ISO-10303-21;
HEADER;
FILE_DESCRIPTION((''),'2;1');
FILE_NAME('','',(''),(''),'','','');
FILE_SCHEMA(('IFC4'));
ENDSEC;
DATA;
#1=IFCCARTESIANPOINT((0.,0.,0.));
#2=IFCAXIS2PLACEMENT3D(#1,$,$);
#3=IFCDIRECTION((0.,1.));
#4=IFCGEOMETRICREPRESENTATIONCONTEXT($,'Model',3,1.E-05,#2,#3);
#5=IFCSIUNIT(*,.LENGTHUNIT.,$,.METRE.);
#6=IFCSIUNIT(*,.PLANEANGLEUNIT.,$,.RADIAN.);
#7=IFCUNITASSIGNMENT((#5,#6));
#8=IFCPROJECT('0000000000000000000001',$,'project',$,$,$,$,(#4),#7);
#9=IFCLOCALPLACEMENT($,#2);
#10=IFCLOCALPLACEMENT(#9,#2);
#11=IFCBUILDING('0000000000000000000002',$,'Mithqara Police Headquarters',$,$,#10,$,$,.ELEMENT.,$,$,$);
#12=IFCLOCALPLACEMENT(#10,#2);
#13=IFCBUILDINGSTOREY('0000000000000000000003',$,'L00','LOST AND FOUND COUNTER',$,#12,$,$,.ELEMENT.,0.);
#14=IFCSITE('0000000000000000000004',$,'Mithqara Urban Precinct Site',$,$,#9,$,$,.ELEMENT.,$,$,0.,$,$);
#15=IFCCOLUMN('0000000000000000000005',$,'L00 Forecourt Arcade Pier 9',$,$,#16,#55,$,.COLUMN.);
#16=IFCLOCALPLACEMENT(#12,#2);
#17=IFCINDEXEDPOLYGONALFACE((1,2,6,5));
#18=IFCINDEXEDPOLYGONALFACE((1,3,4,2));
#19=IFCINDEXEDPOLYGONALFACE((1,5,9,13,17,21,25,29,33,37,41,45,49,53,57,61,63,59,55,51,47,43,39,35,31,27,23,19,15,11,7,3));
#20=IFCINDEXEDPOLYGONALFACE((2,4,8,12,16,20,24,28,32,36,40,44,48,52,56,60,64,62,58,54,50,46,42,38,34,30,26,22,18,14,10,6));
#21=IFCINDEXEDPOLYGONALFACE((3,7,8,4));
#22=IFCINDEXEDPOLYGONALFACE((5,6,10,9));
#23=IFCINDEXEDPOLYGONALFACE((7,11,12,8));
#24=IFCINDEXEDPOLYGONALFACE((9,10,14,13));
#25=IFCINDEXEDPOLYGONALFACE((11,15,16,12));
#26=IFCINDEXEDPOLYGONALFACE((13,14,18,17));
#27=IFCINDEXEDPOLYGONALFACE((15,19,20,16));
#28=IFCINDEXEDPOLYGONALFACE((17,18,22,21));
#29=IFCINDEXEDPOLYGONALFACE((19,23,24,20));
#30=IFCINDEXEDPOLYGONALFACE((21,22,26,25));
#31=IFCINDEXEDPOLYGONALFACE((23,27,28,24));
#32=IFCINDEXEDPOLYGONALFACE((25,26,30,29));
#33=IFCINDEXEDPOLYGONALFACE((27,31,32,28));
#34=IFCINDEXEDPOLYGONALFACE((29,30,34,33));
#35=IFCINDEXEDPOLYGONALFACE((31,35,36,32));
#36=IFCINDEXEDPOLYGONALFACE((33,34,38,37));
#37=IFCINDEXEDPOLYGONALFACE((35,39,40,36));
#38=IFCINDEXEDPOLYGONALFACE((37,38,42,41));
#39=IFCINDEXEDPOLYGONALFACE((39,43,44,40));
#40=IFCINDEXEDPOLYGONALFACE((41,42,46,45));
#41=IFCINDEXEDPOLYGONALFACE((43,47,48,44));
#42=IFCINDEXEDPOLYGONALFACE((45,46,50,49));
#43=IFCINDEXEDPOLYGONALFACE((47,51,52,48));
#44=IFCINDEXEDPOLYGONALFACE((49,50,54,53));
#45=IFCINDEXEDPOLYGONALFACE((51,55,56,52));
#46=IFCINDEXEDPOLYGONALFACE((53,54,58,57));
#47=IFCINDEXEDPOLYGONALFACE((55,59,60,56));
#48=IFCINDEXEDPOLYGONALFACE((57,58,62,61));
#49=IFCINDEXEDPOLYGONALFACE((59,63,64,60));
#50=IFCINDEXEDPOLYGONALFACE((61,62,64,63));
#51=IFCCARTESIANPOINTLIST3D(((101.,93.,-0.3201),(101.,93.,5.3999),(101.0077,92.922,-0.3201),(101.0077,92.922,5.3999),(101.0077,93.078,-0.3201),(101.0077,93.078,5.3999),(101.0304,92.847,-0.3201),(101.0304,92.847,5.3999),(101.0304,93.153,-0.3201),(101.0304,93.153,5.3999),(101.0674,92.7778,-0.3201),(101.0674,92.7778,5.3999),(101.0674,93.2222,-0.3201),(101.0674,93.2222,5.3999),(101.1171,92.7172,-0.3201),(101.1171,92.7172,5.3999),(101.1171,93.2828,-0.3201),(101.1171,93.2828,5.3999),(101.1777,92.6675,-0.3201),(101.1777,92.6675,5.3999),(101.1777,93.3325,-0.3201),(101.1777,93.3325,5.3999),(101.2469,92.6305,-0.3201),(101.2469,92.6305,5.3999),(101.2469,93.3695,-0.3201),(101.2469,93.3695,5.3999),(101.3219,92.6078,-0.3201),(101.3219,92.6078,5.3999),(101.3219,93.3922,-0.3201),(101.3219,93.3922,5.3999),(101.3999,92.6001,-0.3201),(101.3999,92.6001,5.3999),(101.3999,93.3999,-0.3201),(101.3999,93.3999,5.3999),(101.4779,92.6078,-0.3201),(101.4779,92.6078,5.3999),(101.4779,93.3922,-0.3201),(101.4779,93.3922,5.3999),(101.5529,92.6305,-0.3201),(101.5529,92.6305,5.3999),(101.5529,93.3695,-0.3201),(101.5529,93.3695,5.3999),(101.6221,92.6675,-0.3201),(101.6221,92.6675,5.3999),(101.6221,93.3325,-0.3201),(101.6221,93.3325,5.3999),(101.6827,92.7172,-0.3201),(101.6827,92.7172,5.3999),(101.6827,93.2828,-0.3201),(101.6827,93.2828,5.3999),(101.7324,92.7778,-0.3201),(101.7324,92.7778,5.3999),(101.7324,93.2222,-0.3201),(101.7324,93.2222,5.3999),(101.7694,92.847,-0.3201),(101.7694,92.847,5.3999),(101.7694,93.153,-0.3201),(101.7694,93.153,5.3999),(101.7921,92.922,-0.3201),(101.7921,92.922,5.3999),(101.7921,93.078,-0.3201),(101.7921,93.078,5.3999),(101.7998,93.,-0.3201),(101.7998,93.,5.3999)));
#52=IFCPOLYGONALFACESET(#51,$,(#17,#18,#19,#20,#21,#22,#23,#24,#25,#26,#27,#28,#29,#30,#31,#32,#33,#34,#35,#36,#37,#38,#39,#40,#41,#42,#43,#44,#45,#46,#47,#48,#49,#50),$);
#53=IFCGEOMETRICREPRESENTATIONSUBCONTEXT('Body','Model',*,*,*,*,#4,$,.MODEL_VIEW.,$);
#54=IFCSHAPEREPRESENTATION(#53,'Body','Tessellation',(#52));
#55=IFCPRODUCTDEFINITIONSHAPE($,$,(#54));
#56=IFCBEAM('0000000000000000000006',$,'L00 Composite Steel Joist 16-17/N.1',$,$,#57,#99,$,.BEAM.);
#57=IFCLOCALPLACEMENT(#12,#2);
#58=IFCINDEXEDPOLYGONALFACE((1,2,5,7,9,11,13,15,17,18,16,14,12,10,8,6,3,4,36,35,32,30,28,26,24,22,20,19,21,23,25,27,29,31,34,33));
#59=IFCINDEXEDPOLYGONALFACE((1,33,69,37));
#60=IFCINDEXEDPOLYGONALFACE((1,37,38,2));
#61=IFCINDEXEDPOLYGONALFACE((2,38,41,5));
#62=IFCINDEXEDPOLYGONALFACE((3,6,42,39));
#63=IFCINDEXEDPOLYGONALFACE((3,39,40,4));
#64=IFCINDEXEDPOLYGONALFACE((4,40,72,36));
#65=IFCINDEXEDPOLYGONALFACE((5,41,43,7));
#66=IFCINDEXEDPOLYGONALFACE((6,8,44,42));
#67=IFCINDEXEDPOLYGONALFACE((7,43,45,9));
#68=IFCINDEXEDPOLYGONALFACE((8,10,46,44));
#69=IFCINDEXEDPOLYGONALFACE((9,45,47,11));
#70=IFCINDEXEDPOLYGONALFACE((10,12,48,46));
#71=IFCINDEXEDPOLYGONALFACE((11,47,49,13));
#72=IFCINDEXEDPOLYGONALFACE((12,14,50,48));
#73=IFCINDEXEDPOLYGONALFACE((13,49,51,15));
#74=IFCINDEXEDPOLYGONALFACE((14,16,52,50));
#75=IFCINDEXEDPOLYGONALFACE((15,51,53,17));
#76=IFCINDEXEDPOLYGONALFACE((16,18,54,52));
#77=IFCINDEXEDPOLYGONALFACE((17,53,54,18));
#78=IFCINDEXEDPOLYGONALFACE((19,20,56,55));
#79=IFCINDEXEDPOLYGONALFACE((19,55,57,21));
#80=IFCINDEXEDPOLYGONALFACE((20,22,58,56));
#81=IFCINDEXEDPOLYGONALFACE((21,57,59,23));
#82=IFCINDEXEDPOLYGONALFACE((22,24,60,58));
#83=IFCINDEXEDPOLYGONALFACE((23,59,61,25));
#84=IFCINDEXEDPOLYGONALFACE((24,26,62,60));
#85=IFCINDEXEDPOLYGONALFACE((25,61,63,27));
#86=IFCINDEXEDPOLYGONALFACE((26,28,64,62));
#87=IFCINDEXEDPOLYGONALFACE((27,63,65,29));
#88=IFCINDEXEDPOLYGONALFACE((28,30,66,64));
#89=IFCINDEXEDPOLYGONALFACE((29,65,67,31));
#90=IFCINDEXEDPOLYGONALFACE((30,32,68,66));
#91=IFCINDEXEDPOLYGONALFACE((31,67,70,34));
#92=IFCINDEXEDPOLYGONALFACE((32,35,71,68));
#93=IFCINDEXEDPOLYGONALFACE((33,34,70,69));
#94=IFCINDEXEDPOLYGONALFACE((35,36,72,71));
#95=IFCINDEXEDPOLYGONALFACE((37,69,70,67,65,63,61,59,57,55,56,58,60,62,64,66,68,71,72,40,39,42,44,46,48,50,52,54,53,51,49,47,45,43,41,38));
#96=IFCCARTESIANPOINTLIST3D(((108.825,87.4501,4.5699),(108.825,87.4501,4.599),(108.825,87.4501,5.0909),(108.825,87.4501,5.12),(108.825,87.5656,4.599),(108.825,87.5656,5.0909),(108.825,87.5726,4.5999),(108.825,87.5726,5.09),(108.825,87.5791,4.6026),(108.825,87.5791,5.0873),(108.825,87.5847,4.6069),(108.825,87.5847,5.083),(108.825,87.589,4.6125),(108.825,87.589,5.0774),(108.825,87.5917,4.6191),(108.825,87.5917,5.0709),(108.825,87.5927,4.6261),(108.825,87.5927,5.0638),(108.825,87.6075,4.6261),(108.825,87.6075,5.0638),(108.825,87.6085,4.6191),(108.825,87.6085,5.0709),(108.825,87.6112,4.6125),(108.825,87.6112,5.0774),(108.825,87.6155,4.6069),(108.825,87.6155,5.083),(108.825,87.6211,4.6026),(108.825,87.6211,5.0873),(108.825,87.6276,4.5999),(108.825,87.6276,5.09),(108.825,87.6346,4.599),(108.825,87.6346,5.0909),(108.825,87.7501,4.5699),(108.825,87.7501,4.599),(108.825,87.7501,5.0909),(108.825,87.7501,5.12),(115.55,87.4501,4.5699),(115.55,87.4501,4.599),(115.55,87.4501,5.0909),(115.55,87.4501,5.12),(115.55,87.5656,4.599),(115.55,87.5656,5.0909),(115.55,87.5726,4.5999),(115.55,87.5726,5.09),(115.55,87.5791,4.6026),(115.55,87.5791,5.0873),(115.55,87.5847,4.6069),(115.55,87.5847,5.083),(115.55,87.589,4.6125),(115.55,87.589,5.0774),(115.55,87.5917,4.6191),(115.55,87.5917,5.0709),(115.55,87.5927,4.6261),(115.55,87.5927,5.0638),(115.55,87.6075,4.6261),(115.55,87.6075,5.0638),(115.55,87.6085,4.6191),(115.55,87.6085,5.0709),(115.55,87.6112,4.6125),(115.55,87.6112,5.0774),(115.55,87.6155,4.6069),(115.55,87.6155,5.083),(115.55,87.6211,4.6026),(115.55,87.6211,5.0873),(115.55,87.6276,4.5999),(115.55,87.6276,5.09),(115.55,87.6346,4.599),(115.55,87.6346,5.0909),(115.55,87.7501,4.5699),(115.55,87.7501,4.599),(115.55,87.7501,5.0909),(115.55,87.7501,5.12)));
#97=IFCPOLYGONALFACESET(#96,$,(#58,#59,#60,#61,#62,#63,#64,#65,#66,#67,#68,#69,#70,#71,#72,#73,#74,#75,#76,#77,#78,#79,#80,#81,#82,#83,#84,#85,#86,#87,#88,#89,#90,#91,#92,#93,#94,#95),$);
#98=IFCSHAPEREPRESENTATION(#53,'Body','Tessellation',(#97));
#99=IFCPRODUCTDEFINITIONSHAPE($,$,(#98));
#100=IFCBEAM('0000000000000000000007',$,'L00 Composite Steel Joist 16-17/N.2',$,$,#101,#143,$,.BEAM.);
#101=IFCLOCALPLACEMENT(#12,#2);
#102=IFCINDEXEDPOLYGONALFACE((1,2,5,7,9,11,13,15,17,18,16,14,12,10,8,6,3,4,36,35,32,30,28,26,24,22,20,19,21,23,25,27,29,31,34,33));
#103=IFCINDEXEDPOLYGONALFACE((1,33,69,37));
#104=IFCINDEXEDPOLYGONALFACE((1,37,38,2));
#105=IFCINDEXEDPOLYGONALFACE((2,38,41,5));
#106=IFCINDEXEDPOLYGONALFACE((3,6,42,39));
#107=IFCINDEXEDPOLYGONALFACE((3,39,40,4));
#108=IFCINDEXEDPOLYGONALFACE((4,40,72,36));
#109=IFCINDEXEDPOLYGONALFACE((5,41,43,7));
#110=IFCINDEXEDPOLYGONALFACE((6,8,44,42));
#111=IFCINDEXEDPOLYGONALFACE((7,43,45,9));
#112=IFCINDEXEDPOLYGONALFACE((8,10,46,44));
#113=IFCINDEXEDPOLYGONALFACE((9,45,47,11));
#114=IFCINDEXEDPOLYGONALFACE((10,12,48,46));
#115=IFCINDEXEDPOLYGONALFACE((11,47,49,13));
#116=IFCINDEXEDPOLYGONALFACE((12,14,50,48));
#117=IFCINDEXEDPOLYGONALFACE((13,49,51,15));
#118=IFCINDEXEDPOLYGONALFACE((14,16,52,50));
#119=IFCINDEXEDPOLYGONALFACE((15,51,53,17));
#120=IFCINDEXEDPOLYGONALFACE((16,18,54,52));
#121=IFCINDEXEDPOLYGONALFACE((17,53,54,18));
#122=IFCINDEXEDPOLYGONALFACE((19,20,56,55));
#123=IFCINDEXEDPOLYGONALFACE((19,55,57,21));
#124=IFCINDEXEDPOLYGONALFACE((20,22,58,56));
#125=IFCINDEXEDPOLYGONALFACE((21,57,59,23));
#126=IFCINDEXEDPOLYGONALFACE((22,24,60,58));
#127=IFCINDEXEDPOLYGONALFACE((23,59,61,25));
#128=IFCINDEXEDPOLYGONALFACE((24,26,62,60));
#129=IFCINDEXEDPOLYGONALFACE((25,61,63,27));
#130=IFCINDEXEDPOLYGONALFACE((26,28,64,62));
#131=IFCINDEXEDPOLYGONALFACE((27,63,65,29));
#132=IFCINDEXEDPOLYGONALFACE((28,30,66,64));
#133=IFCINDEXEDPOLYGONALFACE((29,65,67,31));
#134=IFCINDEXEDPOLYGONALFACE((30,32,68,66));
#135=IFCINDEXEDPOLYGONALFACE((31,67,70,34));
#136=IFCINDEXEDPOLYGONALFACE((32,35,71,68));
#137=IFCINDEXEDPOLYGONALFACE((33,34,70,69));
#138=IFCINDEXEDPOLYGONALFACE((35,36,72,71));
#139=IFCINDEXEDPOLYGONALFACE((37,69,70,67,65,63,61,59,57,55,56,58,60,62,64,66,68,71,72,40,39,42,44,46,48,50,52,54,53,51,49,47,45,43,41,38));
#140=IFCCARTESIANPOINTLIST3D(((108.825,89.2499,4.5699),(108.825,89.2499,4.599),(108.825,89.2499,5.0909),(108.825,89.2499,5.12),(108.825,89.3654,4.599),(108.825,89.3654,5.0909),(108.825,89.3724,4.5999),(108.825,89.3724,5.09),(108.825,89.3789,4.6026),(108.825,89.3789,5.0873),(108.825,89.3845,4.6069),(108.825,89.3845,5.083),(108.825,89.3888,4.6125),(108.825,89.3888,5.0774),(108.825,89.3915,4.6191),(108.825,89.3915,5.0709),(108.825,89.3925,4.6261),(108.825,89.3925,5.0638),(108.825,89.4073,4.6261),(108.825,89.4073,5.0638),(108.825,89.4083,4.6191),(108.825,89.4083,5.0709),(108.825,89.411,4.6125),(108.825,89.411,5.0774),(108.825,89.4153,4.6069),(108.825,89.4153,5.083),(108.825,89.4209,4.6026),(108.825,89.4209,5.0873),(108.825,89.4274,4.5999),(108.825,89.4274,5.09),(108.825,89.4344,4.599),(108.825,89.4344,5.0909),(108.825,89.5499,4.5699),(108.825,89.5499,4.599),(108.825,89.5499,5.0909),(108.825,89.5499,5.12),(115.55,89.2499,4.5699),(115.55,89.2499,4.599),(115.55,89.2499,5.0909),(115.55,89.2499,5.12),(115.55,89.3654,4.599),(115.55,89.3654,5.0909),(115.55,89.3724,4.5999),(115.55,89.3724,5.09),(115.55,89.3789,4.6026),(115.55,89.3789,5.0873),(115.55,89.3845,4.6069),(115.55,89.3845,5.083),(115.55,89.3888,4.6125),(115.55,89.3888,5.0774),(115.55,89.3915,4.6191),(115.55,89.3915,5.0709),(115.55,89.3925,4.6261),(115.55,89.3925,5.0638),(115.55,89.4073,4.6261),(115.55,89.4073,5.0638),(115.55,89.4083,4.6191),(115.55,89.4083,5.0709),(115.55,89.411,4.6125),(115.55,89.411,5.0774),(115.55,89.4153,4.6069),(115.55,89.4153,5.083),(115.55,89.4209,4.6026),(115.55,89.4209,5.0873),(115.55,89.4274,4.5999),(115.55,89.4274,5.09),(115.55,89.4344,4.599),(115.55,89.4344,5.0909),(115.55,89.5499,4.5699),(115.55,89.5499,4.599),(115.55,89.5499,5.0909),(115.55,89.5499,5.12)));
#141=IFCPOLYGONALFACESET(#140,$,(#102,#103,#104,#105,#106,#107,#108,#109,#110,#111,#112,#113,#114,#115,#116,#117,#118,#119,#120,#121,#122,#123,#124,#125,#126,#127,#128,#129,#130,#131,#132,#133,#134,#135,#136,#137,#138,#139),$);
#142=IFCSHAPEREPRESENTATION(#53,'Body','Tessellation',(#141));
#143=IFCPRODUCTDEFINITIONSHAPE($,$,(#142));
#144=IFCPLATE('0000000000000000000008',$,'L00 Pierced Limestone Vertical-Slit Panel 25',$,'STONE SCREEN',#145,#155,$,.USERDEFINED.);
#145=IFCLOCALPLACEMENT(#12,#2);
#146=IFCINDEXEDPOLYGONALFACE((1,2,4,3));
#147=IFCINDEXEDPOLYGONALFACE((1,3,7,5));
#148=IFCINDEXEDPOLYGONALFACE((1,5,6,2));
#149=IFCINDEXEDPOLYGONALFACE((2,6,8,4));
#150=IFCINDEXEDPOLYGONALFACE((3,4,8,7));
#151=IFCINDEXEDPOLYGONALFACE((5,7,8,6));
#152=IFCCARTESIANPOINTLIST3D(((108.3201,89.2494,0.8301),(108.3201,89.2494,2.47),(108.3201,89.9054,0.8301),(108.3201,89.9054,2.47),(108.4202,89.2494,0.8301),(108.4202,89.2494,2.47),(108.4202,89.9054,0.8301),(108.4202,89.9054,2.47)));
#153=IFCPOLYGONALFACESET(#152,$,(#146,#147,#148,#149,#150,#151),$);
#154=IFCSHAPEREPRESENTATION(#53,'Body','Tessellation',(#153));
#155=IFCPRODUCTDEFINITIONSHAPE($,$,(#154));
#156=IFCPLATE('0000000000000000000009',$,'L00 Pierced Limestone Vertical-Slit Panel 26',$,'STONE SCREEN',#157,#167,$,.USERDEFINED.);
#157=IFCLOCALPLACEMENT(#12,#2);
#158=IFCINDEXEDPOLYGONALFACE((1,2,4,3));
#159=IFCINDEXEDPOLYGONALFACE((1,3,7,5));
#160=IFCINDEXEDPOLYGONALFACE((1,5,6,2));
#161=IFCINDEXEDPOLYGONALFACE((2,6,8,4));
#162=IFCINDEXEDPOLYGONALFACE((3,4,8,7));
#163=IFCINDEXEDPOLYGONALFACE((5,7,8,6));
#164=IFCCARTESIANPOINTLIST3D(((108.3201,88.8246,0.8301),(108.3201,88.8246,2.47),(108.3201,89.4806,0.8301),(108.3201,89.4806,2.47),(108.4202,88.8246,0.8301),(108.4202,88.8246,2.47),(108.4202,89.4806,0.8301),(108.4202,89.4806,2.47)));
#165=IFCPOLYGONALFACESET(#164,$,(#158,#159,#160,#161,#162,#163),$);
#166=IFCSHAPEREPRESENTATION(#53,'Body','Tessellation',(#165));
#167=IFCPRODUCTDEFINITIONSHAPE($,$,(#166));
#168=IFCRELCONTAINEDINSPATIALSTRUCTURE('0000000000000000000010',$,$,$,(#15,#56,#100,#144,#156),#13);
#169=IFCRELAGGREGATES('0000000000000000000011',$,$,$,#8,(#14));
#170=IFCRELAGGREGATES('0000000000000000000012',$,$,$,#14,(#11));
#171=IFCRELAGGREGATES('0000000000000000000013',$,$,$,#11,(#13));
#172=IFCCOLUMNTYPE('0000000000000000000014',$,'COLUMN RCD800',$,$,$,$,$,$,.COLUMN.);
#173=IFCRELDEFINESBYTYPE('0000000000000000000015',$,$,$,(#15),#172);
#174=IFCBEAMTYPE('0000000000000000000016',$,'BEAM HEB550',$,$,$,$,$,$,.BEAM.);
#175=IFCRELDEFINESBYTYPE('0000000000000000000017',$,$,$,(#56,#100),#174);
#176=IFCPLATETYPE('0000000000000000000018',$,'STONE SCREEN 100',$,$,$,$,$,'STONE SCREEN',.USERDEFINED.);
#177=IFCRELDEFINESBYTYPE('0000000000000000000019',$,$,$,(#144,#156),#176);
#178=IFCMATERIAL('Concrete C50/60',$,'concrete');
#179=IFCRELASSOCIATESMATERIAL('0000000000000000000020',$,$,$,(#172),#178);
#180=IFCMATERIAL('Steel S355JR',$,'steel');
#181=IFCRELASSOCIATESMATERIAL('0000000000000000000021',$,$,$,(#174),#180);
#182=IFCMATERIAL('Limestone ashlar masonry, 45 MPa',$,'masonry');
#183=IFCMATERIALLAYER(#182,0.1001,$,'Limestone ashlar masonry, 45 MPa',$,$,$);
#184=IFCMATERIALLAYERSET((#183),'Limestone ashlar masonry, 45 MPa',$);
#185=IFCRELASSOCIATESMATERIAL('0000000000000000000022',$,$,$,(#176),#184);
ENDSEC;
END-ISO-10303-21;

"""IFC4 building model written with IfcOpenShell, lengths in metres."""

from ifc_helpers import new_model, si_unit, direction, frame, origin, origin_2d, place, context, subcontext, project, spatial, rectangle, circle, i_section, extrude, material, layer, layer_set, material_profile, profile_set, type_object, element, save


model = new_model("IFC4")

# Units and contexts
model_context = context("Model", 3, precision=1e-05, world=origin(), true_north=direction((0.0, 1.0)))
body_context = subcontext(model_context, "Body", "Model", "MODEL_VIEW")
ifc_project = project(units=[si_unit("LENGTHUNIT", "METRE"), si_unit("PLANEANGLEUNIT", "RADIAN")], contexts=[model_context])

# Site, building, storey
site_placement = place(None, origin())
site = spatial("IfcSite", under=ifc_project, at=site_placement, Name="Mithqara Urban Precinct Site", CompositionType="ELEMENT", RefElevation=0.0)
building_placement = place(site_placement, origin())
building = spatial("IfcBuilding", under=site, at=building_placement, Name="Mithqara Police Headquarters", CompositionType="ELEMENT")
storey_placement = place(building_placement, origin())
storey = spatial("IfcBuildingStorey", under=building, at=storey_placement, Name="L00", Description="LOST AND FOUND COUNTER", CompositionType="ELEMENT", Elevation=0.0)

# Column
ifc_material_1 = material(Name="Concrete C50/60", Category="concrete")
ifc_material_profile_1 = material_profile(ifc_material_1, circle(Radius=0.3999, at=origin_2d()), Name="RCD 800")
ifc_profile_set_1 = profile_set([ifc_material_profile_1], Name="Concrete C50/60")
column_type = type_object("IfcColumnType", Name="COLUMN RCD800", PredefinedType="COLUMN", material=ifc_profile_set_1)
column_placement = place(storey_placement, frame((101.3999, 93.0, -0.3201), z_axis=(0.0, 0.0, 1.0), x_axis=(1.0, 0.0, 0.0)))
element("IfcColumn", 1, at=column_placement, inside=storey, type_object=column_type, Name="L00 Forecourt Arcade Pier 9", PredefinedType="COLUMN", context=body_context, shape_type="SweptSolid", body=[
    extrude(circle(Radius=0.3999, at=origin_2d()), origin(), (0.0, 0.0, 1.0), 5.72),
])

# Beams
ifc_material_2 = material(Name="Steel S355JR", Category="steel")
ifc_material_profile_2 = material_profile(ifc_material_2, i_section(OverallWidth=0.3, OverallDepth=0.55, WebThickness=0.0149, FlangeThickness=0.0291, FilletRadius=0.0271, at=origin_2d()), Name="HEB 550")
ifc_profile_set_2 = profile_set([ifc_material_profile_2], Name="Steel S355JR")
beam_type = type_object("IfcBeamType", Name="BEAM HEB550", PredefinedType="BEAM", material=ifc_profile_set_2)
for number, where, z_axis, x_axis, name in (
    (2, (108.825, 87.6001, 4.845), (1.0, 0.0, 0.0), (0.0, 1.0, 0.0), "L00 Composite Steel Joist 16-17/N.1"),
    (3, (108.825, 89.3999, 4.845), (1.0, 0.0, 0.0), (0.0, 1.0, 0.0), "L00 Composite Steel Joist 16-17/N.2"),
):
    element("IfcBeam", number, at=place(storey_placement, frame(where, z_axis=z_axis, x_axis=x_axis)), inside=storey, type_object=beam_type, Name=name, PredefinedType="BEAM", context=body_context, shape_type="SweptSolid", body=[
        extrude(i_section(OverallWidth=0.3, OverallDepth=0.55, WebThickness=0.0149, FlangeThickness=0.0291, FilletRadius=0.0271, at=origin_2d()), origin(), (0.0, 0.0, 1.0), 6.7251),
    ])

# Plates
ifc_material_3 = material(Name="Limestone ashlar masonry, 45 MPa", Category="masonry")
ifc_layer_1 = layer(ifc_material_3, 0.1001, Name="Limestone ashlar masonry, 45 MPa")
ifc_layer_set_1 = layer_set([ifc_layer_1], Name="Limestone ashlar masonry, 45 MPa")
plate_type = type_object("IfcPlateType", Name="STONE SCREEN 100", ElementType="STONE SCREEN", PredefinedType="USERDEFINED", material=ifc_layer_set_1)
for number, where, z_axis, x_axis, name in (
    (4, (108.3701, 89.5774, 0.8301), (0.0, 0.0, 1.0), (0.0, 1.0, 0.0), "L00 Pierced Limestone Vertical-Slit Panel 25"),
    (5, (108.3701, 89.1526, 0.8301), (0.0, 0.0, 1.0), (0.0, 1.0, 0.0), "L00 Pierced Limestone Vertical-Slit Panel 26"),
):
    element("IfcPlate", number, at=place(storey_placement, frame(where, z_axis=z_axis, x_axis=x_axis)), inside=storey, type_object=plate_type, Name=name, ObjectType="STONE SCREEN", PredefinedType="USERDEFINED", context=body_context, shape_type="SweptSolid", body=[
        extrude(rectangle(XDim=0.656, YDim=0.1001, at=origin_2d()), origin(), (0.0, 0.0, 1.0), 1.6399),
    ])

save(model, "model.ifc")
